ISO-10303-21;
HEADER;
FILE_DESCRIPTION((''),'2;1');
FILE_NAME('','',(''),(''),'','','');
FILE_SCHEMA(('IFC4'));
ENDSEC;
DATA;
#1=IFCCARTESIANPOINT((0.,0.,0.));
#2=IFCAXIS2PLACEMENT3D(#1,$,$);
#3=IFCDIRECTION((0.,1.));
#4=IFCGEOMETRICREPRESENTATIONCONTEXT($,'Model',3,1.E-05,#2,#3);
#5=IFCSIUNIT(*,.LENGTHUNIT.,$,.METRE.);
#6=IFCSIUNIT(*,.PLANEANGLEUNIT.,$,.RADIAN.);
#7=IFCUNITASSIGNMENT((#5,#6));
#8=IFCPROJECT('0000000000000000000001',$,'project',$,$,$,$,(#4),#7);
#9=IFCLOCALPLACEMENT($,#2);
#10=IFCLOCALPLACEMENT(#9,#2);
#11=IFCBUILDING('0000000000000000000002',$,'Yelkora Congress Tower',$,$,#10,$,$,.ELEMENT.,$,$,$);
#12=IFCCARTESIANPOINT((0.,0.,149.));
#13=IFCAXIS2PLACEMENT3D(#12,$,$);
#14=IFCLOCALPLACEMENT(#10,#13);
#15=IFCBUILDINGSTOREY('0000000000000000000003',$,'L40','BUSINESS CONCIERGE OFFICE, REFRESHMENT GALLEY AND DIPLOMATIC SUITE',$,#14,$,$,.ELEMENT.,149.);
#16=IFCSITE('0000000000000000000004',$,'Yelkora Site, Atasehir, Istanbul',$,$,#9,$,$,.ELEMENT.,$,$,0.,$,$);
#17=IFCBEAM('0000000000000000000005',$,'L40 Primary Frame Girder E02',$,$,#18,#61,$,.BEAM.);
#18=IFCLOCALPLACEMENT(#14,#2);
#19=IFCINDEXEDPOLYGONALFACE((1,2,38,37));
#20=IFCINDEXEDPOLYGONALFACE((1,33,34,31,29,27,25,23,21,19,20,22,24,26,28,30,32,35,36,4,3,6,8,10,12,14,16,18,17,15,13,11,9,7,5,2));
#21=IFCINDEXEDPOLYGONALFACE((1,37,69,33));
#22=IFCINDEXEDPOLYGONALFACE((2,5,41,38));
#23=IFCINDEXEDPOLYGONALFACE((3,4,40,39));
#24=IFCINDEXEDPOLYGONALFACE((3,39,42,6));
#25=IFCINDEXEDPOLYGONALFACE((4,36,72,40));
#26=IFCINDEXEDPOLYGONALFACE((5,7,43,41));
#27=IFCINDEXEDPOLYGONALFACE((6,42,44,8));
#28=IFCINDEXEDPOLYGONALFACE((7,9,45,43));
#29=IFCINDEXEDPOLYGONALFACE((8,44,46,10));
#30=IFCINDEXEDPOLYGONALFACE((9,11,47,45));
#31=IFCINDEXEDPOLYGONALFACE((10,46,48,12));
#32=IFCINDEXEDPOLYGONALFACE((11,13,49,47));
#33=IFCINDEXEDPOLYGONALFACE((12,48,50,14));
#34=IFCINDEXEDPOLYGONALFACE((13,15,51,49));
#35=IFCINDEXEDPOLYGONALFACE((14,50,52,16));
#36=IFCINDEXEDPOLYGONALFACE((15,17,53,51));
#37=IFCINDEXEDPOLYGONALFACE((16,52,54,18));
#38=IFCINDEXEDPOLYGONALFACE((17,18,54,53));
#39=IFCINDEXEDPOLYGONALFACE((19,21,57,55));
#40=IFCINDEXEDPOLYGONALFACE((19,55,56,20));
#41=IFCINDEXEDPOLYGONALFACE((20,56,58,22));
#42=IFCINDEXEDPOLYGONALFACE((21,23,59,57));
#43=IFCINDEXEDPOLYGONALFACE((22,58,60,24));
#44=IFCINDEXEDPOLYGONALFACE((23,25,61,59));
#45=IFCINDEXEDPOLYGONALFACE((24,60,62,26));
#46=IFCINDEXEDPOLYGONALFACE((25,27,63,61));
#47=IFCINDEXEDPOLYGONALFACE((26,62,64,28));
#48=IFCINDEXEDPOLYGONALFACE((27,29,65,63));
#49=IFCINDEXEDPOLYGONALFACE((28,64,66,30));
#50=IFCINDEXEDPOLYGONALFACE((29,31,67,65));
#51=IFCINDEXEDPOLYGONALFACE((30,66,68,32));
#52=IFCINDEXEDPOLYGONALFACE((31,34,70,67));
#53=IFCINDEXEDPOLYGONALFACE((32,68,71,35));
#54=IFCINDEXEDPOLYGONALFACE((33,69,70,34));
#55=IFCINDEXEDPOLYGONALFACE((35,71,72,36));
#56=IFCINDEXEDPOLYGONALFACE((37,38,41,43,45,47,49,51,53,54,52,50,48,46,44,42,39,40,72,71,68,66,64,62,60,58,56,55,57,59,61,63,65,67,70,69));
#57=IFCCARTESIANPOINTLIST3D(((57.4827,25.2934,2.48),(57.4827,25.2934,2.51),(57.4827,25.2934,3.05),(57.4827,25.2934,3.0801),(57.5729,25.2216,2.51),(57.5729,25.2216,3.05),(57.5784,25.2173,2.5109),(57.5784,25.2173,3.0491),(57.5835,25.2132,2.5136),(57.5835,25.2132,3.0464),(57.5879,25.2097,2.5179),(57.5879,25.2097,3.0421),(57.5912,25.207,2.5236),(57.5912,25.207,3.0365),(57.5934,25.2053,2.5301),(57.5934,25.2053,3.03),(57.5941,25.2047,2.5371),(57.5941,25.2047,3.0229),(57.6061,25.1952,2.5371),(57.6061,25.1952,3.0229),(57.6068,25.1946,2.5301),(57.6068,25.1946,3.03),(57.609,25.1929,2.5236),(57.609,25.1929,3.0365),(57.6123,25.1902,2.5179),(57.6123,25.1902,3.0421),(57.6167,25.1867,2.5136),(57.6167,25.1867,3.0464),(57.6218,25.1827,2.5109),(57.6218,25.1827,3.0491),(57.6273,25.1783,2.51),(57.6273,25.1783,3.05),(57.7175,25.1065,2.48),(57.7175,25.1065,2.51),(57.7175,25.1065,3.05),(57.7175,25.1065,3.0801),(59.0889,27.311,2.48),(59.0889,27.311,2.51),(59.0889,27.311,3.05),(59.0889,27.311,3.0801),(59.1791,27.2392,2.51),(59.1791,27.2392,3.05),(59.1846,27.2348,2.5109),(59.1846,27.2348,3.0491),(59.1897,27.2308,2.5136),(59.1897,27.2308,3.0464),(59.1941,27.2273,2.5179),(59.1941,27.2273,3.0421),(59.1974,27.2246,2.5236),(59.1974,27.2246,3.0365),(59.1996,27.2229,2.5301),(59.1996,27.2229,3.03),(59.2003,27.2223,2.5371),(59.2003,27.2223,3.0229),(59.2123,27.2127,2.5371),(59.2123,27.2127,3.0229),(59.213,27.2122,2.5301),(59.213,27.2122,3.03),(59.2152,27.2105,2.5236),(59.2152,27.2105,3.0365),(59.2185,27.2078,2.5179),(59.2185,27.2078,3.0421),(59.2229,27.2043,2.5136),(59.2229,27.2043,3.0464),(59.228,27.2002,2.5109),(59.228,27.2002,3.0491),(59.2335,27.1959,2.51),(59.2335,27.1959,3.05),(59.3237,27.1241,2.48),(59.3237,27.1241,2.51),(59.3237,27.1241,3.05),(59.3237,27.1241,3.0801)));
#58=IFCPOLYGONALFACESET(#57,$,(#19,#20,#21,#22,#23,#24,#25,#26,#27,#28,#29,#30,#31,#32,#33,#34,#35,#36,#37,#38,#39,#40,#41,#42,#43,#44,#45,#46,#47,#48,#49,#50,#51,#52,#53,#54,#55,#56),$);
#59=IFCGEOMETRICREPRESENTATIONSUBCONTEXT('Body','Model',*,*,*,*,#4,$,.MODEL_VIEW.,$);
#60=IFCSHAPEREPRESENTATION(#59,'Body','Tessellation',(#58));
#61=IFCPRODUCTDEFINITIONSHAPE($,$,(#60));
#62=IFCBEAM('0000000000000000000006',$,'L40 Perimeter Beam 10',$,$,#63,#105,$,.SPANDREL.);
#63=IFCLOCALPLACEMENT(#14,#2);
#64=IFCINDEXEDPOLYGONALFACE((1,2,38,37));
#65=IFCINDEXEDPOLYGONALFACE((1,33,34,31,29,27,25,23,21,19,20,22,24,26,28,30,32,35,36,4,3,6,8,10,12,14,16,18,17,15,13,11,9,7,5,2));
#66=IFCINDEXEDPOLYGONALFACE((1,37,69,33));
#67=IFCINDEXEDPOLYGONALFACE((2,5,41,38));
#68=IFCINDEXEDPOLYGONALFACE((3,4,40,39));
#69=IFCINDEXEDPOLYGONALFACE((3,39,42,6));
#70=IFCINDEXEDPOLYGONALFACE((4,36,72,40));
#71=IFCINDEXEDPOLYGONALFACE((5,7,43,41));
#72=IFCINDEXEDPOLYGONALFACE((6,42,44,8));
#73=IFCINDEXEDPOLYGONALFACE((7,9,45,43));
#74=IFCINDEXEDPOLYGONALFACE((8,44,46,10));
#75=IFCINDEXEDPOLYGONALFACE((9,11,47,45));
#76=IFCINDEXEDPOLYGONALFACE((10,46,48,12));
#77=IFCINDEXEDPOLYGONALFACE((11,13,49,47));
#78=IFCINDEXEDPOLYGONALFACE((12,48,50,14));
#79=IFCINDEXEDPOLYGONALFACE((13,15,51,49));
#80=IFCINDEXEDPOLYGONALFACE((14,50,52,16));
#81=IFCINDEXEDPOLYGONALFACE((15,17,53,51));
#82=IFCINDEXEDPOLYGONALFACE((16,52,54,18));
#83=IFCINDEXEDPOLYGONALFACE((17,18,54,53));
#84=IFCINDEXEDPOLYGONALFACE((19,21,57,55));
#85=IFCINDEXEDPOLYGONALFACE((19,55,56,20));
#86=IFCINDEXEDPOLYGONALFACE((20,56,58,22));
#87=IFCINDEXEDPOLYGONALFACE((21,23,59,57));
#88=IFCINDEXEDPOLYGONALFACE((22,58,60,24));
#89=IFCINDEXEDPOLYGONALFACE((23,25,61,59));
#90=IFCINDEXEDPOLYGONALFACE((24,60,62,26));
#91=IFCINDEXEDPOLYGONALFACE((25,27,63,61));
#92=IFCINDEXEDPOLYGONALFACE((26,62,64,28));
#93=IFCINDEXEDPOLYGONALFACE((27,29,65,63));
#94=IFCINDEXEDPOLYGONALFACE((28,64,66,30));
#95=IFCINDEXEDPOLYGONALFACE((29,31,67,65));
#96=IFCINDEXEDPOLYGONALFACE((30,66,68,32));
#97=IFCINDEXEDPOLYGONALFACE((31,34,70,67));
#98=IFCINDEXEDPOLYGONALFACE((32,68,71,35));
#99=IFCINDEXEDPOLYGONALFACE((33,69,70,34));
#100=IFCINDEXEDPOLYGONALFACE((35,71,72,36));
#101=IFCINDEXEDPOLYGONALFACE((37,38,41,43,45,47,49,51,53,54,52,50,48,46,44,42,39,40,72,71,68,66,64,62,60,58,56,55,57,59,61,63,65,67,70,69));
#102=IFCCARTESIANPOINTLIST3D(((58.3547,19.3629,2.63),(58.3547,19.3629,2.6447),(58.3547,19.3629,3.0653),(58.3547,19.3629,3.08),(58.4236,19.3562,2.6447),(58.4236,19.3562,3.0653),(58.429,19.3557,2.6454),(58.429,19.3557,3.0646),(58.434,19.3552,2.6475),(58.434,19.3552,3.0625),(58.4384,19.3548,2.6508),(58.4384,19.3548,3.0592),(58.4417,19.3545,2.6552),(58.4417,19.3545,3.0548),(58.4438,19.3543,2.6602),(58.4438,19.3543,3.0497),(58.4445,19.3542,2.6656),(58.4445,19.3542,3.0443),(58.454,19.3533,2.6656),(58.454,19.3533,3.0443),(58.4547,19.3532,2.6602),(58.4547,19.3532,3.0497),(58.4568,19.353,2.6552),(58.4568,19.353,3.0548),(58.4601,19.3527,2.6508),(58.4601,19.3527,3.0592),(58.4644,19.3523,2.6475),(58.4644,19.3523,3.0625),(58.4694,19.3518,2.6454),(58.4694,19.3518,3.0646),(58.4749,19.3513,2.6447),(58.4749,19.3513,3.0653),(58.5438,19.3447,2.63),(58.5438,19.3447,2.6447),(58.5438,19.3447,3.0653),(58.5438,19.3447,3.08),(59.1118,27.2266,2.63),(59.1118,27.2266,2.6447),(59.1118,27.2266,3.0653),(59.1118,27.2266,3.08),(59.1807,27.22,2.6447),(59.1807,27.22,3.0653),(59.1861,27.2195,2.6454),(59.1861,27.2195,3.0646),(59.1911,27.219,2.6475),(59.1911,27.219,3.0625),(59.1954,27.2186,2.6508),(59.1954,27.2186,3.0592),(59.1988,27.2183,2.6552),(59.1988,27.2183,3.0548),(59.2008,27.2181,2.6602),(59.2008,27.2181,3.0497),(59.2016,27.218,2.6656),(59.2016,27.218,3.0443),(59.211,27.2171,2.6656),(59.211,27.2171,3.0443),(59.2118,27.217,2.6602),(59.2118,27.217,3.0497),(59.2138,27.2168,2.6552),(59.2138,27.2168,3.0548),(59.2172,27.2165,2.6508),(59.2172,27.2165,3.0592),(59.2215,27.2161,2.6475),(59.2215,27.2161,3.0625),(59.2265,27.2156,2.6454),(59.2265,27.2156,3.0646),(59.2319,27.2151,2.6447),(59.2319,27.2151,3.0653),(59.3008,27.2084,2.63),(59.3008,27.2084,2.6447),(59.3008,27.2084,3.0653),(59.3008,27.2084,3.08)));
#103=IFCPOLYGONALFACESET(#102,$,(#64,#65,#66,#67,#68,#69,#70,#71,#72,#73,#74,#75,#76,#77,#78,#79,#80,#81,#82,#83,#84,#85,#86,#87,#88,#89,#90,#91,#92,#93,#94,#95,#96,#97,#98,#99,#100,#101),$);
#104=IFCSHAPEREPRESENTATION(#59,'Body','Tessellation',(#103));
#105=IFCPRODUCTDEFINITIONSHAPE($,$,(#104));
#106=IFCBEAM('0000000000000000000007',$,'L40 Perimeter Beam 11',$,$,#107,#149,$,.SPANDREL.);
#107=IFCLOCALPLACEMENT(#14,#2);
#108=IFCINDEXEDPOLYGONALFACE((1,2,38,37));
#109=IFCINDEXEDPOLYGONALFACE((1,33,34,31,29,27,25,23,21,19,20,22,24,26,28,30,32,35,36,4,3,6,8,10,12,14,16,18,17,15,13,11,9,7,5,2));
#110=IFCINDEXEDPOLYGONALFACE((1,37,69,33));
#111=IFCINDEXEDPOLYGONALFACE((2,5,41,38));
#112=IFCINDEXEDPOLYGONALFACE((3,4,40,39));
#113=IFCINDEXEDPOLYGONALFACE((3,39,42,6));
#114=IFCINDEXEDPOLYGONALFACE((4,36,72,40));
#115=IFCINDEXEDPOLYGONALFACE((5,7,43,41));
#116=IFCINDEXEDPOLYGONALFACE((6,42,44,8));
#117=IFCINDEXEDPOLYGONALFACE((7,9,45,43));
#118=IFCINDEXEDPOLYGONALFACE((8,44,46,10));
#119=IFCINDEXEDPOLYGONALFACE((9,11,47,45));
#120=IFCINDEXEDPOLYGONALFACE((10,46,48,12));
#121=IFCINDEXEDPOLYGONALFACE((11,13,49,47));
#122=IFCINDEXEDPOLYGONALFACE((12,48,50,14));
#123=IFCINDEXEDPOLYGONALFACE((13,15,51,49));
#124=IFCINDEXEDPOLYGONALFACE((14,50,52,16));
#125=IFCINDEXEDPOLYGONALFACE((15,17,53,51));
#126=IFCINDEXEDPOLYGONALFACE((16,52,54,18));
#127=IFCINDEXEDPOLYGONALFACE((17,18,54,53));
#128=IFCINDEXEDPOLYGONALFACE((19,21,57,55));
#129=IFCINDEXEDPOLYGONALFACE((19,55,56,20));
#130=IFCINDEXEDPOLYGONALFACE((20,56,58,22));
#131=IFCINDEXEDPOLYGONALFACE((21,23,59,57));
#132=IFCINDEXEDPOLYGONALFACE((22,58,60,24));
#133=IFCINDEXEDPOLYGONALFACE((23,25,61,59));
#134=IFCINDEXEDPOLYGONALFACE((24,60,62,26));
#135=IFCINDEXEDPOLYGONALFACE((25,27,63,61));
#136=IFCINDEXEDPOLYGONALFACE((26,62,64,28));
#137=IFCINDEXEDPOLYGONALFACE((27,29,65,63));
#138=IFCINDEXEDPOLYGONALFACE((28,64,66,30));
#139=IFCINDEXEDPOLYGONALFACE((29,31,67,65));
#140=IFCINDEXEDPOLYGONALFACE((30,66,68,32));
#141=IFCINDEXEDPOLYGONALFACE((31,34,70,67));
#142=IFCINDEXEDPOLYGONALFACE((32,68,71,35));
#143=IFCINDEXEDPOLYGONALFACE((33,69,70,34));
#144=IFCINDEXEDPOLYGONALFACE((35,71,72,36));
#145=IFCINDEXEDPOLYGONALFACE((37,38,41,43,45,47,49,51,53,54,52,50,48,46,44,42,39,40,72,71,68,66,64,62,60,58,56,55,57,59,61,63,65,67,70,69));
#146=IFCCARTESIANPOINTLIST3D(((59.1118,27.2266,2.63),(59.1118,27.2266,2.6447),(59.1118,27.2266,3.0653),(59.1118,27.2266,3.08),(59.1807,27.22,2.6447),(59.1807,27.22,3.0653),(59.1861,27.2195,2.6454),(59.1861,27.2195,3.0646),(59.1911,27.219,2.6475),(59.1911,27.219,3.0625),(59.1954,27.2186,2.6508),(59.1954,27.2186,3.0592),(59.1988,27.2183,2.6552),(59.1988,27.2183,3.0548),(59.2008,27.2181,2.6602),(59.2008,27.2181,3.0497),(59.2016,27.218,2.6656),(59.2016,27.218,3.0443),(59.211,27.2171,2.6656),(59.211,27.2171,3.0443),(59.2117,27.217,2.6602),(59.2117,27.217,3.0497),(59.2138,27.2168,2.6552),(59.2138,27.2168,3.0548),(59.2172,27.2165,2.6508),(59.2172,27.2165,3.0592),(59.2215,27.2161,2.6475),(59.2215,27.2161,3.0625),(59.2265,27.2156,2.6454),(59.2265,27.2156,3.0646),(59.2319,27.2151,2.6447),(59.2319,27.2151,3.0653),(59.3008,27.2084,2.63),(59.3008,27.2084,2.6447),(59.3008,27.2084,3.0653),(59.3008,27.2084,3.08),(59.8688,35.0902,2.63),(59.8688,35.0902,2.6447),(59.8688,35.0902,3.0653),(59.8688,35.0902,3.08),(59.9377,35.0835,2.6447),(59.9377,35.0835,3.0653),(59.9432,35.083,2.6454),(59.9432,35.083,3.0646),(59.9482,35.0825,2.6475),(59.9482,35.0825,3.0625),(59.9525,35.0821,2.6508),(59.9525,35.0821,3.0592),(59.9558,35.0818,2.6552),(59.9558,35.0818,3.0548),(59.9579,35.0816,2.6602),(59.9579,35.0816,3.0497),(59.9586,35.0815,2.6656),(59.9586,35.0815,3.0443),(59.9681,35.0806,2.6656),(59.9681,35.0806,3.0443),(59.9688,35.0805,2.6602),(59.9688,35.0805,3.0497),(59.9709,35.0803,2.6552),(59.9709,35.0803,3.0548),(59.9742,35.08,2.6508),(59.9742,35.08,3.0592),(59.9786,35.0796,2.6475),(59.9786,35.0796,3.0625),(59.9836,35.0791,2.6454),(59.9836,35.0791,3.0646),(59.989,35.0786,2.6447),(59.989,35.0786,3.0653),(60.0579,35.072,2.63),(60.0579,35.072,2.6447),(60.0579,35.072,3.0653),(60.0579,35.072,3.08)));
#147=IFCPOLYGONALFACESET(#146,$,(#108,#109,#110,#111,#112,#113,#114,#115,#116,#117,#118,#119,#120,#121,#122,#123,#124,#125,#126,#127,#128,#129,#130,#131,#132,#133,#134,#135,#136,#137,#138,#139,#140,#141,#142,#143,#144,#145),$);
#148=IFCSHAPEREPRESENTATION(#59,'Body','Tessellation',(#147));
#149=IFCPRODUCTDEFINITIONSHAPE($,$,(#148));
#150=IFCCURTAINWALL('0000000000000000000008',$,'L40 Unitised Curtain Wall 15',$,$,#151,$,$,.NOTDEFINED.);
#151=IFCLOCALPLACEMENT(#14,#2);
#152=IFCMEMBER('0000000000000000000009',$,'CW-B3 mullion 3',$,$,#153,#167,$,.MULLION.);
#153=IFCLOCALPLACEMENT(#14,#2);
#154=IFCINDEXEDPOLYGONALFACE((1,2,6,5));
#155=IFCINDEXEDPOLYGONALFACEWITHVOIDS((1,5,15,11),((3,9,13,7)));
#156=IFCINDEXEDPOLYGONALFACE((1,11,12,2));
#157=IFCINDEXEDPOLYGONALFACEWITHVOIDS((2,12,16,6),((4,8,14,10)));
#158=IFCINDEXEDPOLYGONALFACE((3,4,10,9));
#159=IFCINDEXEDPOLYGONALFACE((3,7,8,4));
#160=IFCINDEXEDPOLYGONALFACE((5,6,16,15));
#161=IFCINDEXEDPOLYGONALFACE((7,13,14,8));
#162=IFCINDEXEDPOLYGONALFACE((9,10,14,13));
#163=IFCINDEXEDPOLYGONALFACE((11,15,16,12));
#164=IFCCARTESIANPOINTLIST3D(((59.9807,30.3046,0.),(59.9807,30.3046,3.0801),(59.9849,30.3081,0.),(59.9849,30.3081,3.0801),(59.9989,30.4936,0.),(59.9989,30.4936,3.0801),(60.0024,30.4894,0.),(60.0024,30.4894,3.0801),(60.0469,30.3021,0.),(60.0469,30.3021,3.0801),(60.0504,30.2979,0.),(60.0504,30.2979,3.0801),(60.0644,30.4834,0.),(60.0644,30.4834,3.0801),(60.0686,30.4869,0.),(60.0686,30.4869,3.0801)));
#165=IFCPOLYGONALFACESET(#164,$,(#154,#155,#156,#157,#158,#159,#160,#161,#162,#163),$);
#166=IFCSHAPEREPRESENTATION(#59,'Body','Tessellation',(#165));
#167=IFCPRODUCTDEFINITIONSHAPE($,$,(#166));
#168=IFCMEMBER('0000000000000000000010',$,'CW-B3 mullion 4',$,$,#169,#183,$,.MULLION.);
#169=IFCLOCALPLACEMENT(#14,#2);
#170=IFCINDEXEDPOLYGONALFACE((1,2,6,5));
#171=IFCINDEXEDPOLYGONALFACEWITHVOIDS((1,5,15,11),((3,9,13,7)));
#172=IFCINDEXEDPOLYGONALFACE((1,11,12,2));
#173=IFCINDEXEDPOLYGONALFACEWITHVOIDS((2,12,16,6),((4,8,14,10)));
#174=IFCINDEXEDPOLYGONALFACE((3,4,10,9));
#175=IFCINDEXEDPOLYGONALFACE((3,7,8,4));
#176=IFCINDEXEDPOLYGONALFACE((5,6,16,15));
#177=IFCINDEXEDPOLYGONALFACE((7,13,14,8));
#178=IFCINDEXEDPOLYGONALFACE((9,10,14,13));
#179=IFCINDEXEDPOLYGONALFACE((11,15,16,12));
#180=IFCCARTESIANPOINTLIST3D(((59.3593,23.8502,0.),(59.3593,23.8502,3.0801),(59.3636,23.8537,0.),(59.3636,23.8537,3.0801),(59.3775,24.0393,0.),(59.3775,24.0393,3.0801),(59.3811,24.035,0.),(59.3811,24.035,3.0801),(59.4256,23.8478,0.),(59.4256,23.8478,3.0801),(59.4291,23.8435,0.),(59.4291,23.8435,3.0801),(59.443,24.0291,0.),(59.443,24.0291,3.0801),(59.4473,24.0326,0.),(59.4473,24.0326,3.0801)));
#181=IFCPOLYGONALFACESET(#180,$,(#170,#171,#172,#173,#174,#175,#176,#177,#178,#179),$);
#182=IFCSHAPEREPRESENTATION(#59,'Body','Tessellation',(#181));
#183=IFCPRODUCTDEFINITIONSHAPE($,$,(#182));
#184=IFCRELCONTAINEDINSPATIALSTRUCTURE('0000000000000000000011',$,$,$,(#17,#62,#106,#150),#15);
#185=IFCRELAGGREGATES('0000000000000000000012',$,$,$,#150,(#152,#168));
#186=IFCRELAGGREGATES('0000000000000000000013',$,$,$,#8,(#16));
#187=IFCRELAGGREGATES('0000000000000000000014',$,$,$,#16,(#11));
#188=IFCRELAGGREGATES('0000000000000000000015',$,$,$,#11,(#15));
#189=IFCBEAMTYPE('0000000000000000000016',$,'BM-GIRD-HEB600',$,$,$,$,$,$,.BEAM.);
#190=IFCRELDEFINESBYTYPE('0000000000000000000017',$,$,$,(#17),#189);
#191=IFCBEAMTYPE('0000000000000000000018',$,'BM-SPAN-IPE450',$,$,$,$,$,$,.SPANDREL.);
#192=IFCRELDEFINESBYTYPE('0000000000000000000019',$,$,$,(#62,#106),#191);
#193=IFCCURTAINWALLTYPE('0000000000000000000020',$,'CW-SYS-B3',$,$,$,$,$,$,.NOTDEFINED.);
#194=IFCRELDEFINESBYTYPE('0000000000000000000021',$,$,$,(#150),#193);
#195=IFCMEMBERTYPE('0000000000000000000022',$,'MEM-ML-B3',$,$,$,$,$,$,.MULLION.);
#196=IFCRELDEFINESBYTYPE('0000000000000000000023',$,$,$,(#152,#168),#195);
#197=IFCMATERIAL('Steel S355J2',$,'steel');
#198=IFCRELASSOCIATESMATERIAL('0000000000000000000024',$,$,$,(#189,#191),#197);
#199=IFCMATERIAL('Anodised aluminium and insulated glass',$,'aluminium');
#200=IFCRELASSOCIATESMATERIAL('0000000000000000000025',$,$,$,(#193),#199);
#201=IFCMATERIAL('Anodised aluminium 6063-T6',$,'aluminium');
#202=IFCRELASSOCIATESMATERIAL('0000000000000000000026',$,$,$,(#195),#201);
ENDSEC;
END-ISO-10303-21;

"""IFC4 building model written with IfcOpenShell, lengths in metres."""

from ifc_helpers import new_model, si_unit, direction, frame, origin, origin_2d, place, context, subcontext, project, spatial, hollow_rectangle, i_section, extrude, material, material_profile, profile_set, type_object, element, aggregate, save


model = new_model("IFC4")

# Units and contexts
model_context = context("Model", 3, precision=1e-05, world=origin(), true_north=direction((0.0, 1.0)))
body_context = subcontext(model_context, "Body", "Model", "MODEL_VIEW")
ifc_project = project(units=[si_unit("LENGTHUNIT", "METRE"), si_unit("PLANEANGLEUNIT", "RADIAN")], contexts=[model_context])

# Site, building, storey
site_placement = place(None, origin())
site = spatial("IfcSite", under=ifc_project, at=site_placement, Name="Yelkora Site, Atasehir, Istanbul", CompositionType="ELEMENT", RefElevation=0.0)
building_placement = place(site_placement, origin())
building = spatial("IfcBuilding", under=site, at=building_placement, Name="Yelkora Congress Tower", CompositionType="ELEMENT")
storey_placement = place(building_placement, frame((0.0, 0.0, 149.0)))
storey = spatial("IfcBuildingStorey", under=building, at=storey_placement, Name="L40", Description="BUSINESS CONCIERGE OFFICE, REFRESHMENT GALLEY AND DIPLOMATIC SUITE", CompositionType="ELEMENT", Elevation=149.0)

# Beams
ifc_material_1 = material(Name="Steel S355J2", Category="steel")
ifc_material_profile_1 = material_profile(ifc_material_1, i_section(OverallWidth=0.3, OverallDepth=0.6001, WebThickness=0.0154, FlangeThickness=0.03, FilletRadius=0.0271, at=origin_2d()), Name="HEB 600")
ifc_profile_set_1 = profile_set([ifc_material_profile_1], Name="Steel S355J2")
beam_type_1 = type_object("IfcBeamType", Name="BM-GIRD-HEB600", PredefinedType="BEAM", material=ifc_profile_set_1)
beam_1_placement = place(storey_placement, frame((59.2063, 27.2175, 2.78), z_axis=(-0.622835, -0.782354, 0.0), x_axis=(0.782354, -0.622835, 0.0)))
element("IfcBeam", 1, at=beam_1_placement, inside=storey, type_object=beam_type_1, Name="L40 Primary Frame Girder E02", PredefinedType="BEAM", context=body_context, shape_type="SweptSolid", body=[
    extrude(i_section(OverallWidth=0.3, OverallDepth=0.6001, WebThickness=0.0154, FlangeThickness=0.03, FilletRadius=0.0271, at=origin_2d()), origin(), (0.0, 0.0, 1.0), 2.5789),
])
ifc_material_profile_2 = material_profile(ifc_material_1, i_section(OverallWidth=0.1899, OverallDepth=0.45, WebThickness=0.0095, FlangeThickness=0.0146, FilletRadius=0.021, at=origin_2d()), Name="IPE 450")
ifc_profile_set_2 = profile_set([ifc_material_profile_2], Name="Steel S355J2")
beam_type_2 = type_object("IfcBeamType", Name="BM-SPAN-IPE450", PredefinedType="SPANDREL", material=ifc_profile_set_2)
beam_2_placement = place(storey_placement, frame((58.4492, 19.3538, 2.855), z_axis=(0.095831, 0.995398, 0.0), x_axis=(-0.995398, 0.095831, 0.0)))
element("IfcBeam", 2, at=beam_2_placement, inside=storey, type_object=beam_type_2, Name="L40 Perimeter Beam 10", PredefinedType="SPANDREL", context=body_context, shape_type="SweptSolid", body=[
    extrude(i_section(OverallWidth=0.1899, OverallDepth=0.45, WebThickness=0.0095, FlangeThickness=0.0146, FilletRadius=0.021, at=origin_2d()), origin(), (0.0, 0.0, 1.0), 7.9001),
])
beam_3_placement = place(storey_placement, frame((59.2063, 27.2175, 2.855), z_axis=(0.095834, 0.995397, 0.0), x_axis=(-0.995397, 0.095834, 0.0)))
element("IfcBeam", 3, at=beam_3_placement, inside=storey, type_object=beam_type_2, Name="L40 Perimeter Beam 11", PredefinedType="SPANDREL", context=body_context, shape_type="SweptSolid", body=[
    extrude(i_section(OverallWidth=0.1899, OverallDepth=0.45, WebThickness=0.0095, FlangeThickness=0.0146, FilletRadius=0.021, at=origin_2d()), origin(), (0.0, 0.0, 1.0), 7.8999),
])

# Curtain wall, members
ifc_material_2 = material(Name="Anodised aluminium and insulated glass", Category="aluminium")
curtain_wall_type = type_object("IfcCurtainWallType", Name="CW-SYS-B3", PredefinedType="NOTDEFINED", material=ifc_material_2)
curtain_wall_placement = place(storey_placement, origin())
curtain_wall = element("IfcCurtainWall", 4, at=curtain_wall_placement, inside=storey, type_object=curtain_wall_type, Name="L40 Unitised Curtain Wall 15", PredefinedType="NOTDEFINED")
ifc_material_3 = material(Name="Anodised aluminium 6063-T6", Category="aluminium")
ifc_material_profile_3 = material_profile(ifc_material_3, hollow_rectangle(XDim=0.0701, YDim=0.1899, WallThickness=0.0039, at=origin_2d()), Name="ALU 70x190x4")
ifc_profile_set_3 = profile_set([ifc_material_profile_3], Name="Anodised aluminium 6063-T6")
member_type_1 = type_object("IfcMemberType", Name="MEM-ML-B3", PredefinedType="MULLION", material=ifc_profile_set_3)
member_1_placement = place(storey_placement, frame((60.0247, 30.3958, 0.0), z_axis=(0.0, 0.0, 1.0), x_axis=(0.995397, -0.095842, 0.0)))
member_1 = element("IfcMember", 5, at=member_1_placement, type_object=member_type_1, Name="CW-B3 mullion 3", PredefinedType="MULLION", context=body_context, shape_type="SweptSolid", body=[
    extrude(hollow_rectangle(XDim=0.0701, YDim=0.1899, WallThickness=0.0039, at=origin_2d()), origin(), (0.0, 0.0, 1.0), 3.0801),
])
member_2_placement = place(storey_placement, frame((59.4033, 23.9414, 0.0), z_axis=(0.0, 0.0, 1.0), x_axis=(0.995397, -0.095842, 0.0)))
member_2 = element("IfcMember", 6, at=member_2_placement, type_object=member_type_1, Name="CW-B3 mullion 4", PredefinedType="MULLION", context=body_context, shape_type="SweptSolid", body=[
    extrude(hollow_rectangle(XDim=0.0701, YDim=0.1899, WallThickness=0.0039, at=origin_2d()), origin(), (0.0, 0.0, 1.0), 3.0801),
])
aggregate(curtain_wall, [member_1, member_2])

save(model, "model.ifc")
